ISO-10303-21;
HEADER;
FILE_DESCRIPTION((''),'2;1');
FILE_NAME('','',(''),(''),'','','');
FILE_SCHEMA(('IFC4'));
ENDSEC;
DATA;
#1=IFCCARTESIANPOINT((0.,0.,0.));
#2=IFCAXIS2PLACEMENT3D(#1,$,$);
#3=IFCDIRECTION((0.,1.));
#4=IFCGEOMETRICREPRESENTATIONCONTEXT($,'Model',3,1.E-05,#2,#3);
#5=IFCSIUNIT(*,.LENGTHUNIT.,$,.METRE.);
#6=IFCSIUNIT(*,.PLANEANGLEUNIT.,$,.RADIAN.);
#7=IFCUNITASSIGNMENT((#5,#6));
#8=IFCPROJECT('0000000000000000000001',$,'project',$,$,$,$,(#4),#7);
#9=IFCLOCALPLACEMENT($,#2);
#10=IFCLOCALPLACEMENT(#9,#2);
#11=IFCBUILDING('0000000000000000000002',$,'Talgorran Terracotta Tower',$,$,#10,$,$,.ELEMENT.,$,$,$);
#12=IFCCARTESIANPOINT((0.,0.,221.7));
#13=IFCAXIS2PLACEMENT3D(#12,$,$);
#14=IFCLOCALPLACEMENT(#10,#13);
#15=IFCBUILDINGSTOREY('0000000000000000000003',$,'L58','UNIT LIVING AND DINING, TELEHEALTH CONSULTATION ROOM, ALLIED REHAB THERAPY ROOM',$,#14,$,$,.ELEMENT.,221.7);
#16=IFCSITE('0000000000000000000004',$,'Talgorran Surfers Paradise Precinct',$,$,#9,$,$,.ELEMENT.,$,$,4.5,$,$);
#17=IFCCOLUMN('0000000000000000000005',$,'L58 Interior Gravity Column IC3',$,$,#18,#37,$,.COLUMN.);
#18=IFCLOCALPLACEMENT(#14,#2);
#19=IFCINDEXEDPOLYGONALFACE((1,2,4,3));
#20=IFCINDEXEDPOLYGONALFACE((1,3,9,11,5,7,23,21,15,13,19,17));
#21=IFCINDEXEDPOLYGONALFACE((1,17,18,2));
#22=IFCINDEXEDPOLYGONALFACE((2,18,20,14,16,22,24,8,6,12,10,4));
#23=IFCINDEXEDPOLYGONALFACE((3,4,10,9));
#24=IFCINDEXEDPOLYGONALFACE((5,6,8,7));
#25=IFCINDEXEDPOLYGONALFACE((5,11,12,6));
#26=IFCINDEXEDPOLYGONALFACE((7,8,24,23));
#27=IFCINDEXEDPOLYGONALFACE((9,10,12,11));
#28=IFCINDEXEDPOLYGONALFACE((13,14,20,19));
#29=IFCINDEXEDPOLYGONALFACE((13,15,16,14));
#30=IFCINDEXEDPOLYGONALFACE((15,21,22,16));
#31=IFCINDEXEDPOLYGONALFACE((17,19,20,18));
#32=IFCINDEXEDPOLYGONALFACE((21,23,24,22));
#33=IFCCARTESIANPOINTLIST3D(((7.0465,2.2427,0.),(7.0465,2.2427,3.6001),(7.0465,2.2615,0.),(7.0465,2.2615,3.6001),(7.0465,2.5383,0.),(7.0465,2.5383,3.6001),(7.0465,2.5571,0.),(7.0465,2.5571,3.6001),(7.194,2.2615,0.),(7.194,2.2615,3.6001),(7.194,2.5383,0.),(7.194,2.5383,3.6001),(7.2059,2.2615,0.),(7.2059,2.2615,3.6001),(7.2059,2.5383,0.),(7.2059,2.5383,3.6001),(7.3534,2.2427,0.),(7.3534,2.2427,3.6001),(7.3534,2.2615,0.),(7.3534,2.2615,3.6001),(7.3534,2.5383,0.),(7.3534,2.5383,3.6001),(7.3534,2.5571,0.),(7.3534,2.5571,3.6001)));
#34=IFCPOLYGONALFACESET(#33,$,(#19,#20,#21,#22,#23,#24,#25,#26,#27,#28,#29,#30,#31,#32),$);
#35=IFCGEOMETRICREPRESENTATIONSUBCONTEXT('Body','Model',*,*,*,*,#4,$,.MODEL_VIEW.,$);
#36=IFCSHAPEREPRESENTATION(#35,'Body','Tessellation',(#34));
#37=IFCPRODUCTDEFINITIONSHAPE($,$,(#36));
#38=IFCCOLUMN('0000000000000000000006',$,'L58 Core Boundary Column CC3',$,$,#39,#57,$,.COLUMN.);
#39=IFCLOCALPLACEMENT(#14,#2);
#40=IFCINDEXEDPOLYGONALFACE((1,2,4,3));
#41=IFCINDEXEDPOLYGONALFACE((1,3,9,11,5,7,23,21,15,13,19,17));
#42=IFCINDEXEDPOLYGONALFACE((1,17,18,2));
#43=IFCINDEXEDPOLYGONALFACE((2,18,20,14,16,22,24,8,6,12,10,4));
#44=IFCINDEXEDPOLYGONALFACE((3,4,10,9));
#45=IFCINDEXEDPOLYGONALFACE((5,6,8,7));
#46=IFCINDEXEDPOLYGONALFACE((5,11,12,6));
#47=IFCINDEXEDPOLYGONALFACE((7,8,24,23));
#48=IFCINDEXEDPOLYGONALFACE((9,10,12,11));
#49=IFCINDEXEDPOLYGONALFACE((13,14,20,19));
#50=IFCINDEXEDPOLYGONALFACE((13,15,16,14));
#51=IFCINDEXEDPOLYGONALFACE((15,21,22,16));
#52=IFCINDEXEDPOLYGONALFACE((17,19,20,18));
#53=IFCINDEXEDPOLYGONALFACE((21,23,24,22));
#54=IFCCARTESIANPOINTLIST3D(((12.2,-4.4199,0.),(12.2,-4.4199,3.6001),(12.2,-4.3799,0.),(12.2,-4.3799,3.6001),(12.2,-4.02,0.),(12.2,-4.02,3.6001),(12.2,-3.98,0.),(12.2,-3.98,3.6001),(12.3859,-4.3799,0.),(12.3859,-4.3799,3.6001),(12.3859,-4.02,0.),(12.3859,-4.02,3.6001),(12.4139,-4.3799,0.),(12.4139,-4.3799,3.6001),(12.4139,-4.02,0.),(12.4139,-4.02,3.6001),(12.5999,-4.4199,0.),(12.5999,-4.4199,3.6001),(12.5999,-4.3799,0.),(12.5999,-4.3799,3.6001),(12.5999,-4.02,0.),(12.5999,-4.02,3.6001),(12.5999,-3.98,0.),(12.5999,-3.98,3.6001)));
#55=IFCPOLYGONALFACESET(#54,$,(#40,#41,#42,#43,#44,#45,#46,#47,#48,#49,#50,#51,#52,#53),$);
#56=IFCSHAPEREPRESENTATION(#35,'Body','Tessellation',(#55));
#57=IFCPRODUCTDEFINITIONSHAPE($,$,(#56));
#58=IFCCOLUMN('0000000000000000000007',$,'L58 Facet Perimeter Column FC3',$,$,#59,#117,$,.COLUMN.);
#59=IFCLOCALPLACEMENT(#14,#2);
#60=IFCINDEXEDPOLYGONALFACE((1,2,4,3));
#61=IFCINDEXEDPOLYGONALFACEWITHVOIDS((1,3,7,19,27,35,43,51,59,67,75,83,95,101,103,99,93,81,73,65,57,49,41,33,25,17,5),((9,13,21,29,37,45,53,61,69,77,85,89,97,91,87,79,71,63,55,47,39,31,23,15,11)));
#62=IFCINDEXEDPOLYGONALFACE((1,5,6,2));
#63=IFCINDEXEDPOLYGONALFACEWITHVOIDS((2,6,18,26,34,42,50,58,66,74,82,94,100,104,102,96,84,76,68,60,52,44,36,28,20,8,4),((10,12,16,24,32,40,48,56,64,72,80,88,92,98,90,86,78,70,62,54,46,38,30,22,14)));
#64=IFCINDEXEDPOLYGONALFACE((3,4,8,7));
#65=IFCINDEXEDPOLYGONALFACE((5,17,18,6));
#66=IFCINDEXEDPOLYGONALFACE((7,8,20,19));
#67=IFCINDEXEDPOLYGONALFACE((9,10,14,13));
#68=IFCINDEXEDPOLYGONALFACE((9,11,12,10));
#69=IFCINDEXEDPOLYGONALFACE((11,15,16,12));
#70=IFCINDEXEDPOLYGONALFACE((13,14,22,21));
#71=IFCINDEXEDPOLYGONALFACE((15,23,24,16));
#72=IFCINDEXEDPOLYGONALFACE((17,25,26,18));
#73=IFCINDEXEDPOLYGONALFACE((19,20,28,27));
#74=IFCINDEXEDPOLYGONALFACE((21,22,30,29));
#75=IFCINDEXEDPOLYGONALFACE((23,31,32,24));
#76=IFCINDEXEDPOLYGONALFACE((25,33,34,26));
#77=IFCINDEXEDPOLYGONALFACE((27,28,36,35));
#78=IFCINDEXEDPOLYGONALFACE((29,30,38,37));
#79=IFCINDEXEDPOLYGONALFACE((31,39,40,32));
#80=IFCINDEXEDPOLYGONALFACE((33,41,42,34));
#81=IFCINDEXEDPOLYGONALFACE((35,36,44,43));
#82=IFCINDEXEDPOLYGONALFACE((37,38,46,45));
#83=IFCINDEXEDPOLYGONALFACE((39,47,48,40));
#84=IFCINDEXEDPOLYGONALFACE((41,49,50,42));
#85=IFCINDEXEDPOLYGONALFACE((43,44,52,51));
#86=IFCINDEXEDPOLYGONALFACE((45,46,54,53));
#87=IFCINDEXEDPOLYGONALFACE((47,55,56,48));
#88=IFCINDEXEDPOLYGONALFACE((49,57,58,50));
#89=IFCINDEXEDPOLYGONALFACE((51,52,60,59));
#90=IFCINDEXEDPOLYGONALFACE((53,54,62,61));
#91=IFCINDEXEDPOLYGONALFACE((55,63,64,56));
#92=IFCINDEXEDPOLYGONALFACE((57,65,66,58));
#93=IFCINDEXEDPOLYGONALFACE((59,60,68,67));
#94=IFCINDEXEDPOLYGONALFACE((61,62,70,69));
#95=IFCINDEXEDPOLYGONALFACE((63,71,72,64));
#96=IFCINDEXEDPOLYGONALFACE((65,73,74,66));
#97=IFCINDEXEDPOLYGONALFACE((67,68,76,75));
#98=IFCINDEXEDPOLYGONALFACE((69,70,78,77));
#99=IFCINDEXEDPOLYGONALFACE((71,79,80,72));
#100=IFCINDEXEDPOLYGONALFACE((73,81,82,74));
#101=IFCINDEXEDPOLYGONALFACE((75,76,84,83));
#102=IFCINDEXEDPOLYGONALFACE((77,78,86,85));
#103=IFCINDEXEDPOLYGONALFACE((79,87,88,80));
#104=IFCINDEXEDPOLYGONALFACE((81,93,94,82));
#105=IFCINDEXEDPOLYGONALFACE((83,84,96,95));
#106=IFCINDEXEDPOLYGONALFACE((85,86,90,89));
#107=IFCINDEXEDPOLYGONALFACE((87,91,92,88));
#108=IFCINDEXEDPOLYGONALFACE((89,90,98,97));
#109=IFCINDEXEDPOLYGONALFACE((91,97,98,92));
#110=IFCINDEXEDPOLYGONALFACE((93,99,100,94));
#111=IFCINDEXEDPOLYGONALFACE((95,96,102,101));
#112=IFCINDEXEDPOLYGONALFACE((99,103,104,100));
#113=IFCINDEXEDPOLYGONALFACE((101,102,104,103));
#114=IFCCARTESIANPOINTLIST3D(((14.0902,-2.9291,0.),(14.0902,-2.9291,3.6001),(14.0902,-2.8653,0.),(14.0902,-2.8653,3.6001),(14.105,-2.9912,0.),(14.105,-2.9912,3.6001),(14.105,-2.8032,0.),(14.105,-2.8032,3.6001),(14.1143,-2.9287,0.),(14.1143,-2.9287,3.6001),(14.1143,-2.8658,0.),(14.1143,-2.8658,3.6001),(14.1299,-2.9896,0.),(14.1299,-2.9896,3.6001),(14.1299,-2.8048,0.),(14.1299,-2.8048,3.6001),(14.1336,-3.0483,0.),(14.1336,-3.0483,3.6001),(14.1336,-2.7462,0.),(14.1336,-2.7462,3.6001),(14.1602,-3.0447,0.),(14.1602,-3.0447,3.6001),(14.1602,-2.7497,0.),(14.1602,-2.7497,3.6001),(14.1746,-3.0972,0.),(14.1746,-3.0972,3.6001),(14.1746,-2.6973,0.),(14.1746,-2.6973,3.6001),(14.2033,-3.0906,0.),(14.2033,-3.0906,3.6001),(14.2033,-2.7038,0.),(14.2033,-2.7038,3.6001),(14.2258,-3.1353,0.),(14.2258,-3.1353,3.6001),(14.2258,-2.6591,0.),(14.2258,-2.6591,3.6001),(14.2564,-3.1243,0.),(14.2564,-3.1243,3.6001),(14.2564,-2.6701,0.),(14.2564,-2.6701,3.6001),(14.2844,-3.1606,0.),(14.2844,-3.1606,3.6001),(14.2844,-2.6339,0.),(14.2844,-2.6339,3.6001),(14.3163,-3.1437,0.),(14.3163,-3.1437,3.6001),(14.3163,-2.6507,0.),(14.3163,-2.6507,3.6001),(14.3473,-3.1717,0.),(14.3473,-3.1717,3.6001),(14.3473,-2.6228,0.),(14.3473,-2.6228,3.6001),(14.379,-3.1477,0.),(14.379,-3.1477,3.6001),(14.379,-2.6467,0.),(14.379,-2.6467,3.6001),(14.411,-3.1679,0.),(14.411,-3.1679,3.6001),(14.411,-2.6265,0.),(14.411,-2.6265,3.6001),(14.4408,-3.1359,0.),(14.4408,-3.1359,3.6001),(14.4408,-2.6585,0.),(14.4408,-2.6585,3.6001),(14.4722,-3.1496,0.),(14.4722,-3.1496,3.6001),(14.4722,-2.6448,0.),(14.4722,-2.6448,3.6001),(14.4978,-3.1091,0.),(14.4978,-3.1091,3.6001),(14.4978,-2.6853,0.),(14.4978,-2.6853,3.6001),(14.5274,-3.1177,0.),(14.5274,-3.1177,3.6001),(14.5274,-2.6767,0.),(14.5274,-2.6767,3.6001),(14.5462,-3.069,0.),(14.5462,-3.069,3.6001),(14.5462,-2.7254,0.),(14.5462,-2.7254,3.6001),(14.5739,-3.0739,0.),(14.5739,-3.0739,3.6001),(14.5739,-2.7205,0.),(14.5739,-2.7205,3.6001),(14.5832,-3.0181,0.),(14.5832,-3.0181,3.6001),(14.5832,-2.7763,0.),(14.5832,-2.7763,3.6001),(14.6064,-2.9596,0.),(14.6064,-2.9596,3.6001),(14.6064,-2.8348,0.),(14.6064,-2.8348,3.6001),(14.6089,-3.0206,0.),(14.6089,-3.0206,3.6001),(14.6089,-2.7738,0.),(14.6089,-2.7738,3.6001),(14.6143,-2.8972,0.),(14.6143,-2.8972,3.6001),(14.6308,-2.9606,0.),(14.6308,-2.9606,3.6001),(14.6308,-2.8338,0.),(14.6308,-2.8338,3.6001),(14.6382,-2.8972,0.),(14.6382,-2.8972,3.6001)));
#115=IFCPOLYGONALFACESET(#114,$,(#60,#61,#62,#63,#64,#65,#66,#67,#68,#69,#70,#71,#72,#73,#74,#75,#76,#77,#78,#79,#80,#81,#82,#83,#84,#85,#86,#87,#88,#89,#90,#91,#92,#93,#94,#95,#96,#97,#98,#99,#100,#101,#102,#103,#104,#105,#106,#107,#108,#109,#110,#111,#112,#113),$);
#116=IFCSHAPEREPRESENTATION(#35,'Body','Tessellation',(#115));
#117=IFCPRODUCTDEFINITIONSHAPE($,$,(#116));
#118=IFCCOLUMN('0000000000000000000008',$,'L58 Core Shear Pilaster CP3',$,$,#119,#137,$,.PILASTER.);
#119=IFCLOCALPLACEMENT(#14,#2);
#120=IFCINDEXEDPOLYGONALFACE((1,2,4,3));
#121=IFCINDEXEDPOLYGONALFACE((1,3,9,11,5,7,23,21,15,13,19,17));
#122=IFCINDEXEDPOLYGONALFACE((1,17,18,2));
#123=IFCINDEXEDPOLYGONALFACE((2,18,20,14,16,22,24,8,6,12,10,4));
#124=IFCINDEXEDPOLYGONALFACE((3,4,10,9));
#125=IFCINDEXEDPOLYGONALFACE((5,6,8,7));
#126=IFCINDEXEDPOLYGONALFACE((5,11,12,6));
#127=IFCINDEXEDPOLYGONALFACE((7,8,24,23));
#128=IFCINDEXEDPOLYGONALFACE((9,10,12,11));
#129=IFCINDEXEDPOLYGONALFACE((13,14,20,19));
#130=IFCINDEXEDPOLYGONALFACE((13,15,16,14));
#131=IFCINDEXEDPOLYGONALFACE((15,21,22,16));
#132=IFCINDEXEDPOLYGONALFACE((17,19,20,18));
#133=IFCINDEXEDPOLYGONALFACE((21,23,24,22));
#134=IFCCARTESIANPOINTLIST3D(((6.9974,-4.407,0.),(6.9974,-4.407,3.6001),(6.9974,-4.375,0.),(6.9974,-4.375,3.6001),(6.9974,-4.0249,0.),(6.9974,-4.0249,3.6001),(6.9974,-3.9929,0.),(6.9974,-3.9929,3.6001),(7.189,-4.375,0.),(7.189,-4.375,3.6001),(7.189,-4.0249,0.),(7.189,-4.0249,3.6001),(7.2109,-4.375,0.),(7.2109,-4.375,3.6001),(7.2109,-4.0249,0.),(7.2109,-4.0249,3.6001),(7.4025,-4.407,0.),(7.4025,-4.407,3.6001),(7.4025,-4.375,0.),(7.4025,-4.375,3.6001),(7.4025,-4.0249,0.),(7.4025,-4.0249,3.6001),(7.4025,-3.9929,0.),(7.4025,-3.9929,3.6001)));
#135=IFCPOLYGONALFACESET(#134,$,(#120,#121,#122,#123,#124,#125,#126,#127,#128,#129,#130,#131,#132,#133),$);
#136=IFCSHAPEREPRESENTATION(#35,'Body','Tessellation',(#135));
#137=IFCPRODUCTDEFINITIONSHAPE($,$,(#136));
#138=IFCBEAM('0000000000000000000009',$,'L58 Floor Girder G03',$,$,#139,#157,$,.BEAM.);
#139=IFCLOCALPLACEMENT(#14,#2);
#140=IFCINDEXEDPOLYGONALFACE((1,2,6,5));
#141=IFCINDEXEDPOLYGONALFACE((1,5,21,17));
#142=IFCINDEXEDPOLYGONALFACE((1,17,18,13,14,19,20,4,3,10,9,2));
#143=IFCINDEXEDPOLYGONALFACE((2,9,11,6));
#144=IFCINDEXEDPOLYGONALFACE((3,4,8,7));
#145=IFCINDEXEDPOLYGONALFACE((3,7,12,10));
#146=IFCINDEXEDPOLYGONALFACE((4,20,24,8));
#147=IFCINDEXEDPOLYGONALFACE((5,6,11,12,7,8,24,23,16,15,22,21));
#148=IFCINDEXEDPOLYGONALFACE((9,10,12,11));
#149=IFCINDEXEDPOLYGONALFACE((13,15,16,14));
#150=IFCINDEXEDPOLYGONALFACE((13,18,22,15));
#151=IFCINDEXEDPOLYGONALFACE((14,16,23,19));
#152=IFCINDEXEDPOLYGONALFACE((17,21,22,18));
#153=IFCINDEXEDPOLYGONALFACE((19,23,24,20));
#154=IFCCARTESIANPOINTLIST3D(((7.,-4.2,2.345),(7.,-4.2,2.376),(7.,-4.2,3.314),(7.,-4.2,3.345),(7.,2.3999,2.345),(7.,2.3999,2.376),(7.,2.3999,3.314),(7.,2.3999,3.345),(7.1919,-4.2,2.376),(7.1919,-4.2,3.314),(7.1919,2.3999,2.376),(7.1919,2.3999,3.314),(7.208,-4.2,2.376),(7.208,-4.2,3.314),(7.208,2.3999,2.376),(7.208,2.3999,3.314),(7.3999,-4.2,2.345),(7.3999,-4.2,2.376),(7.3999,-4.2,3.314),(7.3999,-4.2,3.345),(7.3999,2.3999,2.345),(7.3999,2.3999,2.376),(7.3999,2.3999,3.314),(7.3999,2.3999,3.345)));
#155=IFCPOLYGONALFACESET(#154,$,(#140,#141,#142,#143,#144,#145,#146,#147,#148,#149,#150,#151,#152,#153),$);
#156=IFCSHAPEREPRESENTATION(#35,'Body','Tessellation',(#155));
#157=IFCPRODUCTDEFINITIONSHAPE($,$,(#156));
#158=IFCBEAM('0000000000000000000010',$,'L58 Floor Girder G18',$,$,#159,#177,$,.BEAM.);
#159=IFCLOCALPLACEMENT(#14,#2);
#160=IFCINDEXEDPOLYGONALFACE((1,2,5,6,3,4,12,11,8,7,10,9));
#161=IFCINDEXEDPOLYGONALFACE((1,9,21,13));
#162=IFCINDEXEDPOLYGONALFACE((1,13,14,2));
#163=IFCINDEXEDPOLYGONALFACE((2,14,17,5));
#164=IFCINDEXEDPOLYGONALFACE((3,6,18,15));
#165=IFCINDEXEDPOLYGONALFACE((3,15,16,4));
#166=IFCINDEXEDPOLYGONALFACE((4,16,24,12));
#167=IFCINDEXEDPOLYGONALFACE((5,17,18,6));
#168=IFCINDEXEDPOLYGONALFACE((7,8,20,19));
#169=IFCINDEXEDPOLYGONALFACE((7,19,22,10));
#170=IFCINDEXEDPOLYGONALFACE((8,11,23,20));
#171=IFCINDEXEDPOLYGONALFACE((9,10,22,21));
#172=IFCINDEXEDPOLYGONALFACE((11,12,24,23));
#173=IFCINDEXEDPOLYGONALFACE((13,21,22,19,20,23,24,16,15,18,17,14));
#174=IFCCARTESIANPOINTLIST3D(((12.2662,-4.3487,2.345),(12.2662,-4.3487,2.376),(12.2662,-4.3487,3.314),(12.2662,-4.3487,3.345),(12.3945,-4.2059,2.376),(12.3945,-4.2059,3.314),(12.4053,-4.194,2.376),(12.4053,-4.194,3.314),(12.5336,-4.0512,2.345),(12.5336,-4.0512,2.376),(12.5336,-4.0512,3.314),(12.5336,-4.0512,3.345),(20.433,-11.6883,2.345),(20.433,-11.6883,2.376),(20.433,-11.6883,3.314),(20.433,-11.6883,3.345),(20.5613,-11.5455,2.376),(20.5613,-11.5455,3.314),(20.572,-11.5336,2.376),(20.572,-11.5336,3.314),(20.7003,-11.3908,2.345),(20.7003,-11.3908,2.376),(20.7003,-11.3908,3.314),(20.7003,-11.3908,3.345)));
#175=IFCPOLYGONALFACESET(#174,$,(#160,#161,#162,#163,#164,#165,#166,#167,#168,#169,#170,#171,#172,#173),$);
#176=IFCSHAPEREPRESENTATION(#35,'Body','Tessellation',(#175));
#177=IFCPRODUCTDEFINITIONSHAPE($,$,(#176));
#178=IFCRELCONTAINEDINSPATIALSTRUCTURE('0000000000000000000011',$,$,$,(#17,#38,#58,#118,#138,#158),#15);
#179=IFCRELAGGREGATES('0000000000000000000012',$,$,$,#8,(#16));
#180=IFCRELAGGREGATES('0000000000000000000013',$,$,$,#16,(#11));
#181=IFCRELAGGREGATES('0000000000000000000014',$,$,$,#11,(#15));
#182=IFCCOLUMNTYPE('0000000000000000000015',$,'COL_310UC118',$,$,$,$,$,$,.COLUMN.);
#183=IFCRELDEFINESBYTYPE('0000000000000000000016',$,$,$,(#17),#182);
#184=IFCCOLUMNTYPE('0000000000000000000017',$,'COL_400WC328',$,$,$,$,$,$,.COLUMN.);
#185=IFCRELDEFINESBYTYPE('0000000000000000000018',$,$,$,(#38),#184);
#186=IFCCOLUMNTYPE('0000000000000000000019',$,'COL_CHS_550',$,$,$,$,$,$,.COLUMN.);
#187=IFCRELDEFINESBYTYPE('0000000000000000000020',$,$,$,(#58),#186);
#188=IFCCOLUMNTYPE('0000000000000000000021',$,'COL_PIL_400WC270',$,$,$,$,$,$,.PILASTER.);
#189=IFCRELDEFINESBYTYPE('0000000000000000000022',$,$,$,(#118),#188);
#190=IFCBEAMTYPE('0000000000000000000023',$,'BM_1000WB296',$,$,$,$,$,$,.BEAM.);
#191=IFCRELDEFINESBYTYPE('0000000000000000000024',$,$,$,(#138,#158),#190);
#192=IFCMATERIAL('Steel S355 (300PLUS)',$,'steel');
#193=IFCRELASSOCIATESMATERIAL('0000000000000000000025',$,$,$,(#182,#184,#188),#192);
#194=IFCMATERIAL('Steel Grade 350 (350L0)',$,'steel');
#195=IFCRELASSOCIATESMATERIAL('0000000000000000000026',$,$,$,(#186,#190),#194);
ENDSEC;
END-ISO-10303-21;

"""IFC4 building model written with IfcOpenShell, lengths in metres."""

from ifc_helpers import new_model, si_unit, direction, frame, origin, origin_2d, place, context, subcontext, project, spatial, hollow_circle, i_section, extrude, material, material_profile, profile_set, type_object, element, save


model = new_model("IFC4")

# Units and contexts
model_context = context("Model", 3, precision=1e-05, world=origin(), true_north=direction((0.0, 1.0)))
body_context = subcontext(model_context, "Body", "Model", "MODEL_VIEW")
ifc_project = project(units=[si_unit("LENGTHUNIT", "METRE"), si_unit("PLANEANGLEUNIT", "RADIAN")], contexts=[model_context])

# Site, building, storey
site_placement = place(None, origin())
site = spatial("IfcSite", under=ifc_project, at=site_placement, Name="Talgorran Surfers Paradise Precinct", CompositionType="ELEMENT", RefElevation=4.5)
building_placement = place(site_placement, origin())
building = spatial("IfcBuilding", under=site, at=building_placement, Name="Talgorran Terracotta Tower", CompositionType="ELEMENT")
storey_placement = place(building_placement, frame((0.0, 0.0, 221.7)))
storey = spatial("IfcBuildingStorey", under=building, at=storey_placement, Name="L58", Description="UNIT LIVING AND DINING, TELEHEALTH CONSULTATION ROOM, ALLIED REHAB THERAPY ROOM", CompositionType="ELEMENT", Elevation=221.7)

# Columns
ifc_material_1 = material(Name="Steel S355 (300PLUS)", Category="steel")
ifc_material_profile_1 = material_profile(ifc_material_1, i_section(OverallWidth=0.3069, OverallDepth=0.3145, WebThickness=0.012, FlangeThickness=0.0188, at=origin_2d()), Name="310UC118")
ifc_profile_set_1 = profile_set([ifc_material_profile_1], Name="Steel S355 (300PLUS)")
column_type_1 = type_object("IfcColumnType", Name="COL_310UC118", PredefinedType="COLUMN", material=ifc_profile_set_1)
column_1_placement = place(storey_placement, frame((7.2, 2.3999, 0.0), z_axis=(0.0, 0.0, 1.0), x_axis=(1.0, 0.0, 0.0)))
element("IfcColumn", 1, at=column_1_placement, inside=storey, type_object=column_type_1, Name="L58 Interior Gravity Column IC3", PredefinedType="COLUMN", context=body_context, shape_type="SweptSolid", body=[
    extrude(i_section(OverallWidth=0.3069, OverallDepth=0.3145, WebThickness=0.012, FlangeThickness=0.0188, at=origin_2d()), origin(), (0.0, 0.0, 1.0), 3.6001),
])
ifc_material_profile_2 = material_profile(ifc_material_1, i_section(OverallWidth=0.3999, OverallDepth=0.4399, WebThickness=0.0281, FlangeThickness=0.04, at=origin_2d()), Name="400WC328")
ifc_profile_set_2 = profile_set([ifc_material_profile_2], Name="Steel S355 (300PLUS)")
column_type_2 = type_object("IfcColumnType", Name="COL_400WC328", PredefinedType="COLUMN", material=ifc_profile_set_2)
column_2_placement = place(storey_placement, frame((12.3999, -4.2, 0.0), z_axis=(0.0, 0.0, 1.0), x_axis=(1.0, 0.0, 0.0)))
element("IfcColumn", 2, at=column_2_placement, inside=storey, type_object=column_type_2, Name="L58 Core Boundary Column CC3", PredefinedType="COLUMN", context=body_context, shape_type="SweptSolid", body=[
    extrude(i_section(OverallWidth=0.3999, OverallDepth=0.4399, WebThickness=0.0281, FlangeThickness=0.04, at=origin_2d()), origin(), (0.0, 0.0, 1.0), 3.6001),
])
ifc_material_2 = material(Name="Steel Grade 350 (350L0)", Category="steel")
ifc_material_profile_3 = material_profile(ifc_material_2, hollow_circle(Radius=0.2749, WallThickness=0.0239, at=origin_2d()), Name="CHS550X24")
ifc_profile_set_3 = profile_set([ifc_material_profile_3], Name="Steel Grade 350 (350L0)")
column_type_3 = type_object("IfcColumnType", Name="COL_CHS_550", PredefinedType="COLUMN", material=ifc_profile_set_3)
column_3_placement = place(storey_placement, frame((14.3633, -2.8972, 0.0), z_axis=(0.0, 0.0, 1.0), x_axis=(1.0, 0.0, 0.0)))
element("IfcColumn", 3, at=column_3_placement, inside=storey, type_object=column_type_3, Name="L58 Facet Perimeter Column FC3", PredefinedType="COLUMN", context=body_context, shape_type="SweptSolid", body=[
    extrude(hollow_circle(Radius=0.2749, WallThickness=0.0239, at=origin_2d()), origin(), (0.0, 0.0, 1.0), 3.6001),
])
ifc_material_profile_4 = material_profile(ifc_material_1, i_section(OverallWidth=0.405, OverallDepth=0.4141, WebThickness=0.022, FlangeThickness=0.032, at=origin_2d()), Name="400WC270")
ifc_profile_set_4 = profile_set([ifc_material_profile_4], Name="Steel S355 (300PLUS)")
column_type_4 = type_object("IfcColumnType", Name="COL_PIL_400WC270", PredefinedType="PILASTER", material=ifc_profile_set_4)
column_4_placement = place(storey_placement, frame((7.2, -4.2, 0.0), z_axis=(0.0, 0.0, 1.0), x_axis=(1.0, 0.0, 0.0)))
element("IfcColumn", 4, at=column_4_placement, inside=storey, type_object=column_type_4, Name="L58 Core Shear Pilaster CP3", PredefinedType="PILASTER", context=body_context, shape_type="SweptSolid", body=[
    extrude(i_section(OverallWidth=0.405, OverallDepth=0.4141, WebThickness=0.022, FlangeThickness=0.032, at=origin_2d()), origin(), (0.0, 0.0, 1.0), 3.6001),
])

# Beams
ifc_material_profile_5 = material_profile(ifc_material_2, i_section(OverallWidth=0.3999, OverallDepth=1.0, WebThickness=0.0161, FlangeThickness=0.031, at=origin_2d()), Name="1000WB296")
ifc_profile_set_5 = profile_set([ifc_material_profile_5], Name="Steel Grade 350 (350L0)")
beam_type_1 = type_object("IfcBeamType", Name="BM_1000WB296", PredefinedType="BEAM", material=ifc_profile_set_5)
beam_1_placement = place(storey_placement, frame((7.2, -4.2, 2.845), z_axis=(0.0, 1.0, 0.0), x_axis=(-1.0, 0.0, 0.0)))
element("IfcBeam", 5, at=beam_1_placement, inside=storey, type_object=beam_type_1, Name="L58 Floor Girder G03", PredefinedType="BEAM", context=body_context, shape_type="SweptSolid", body=[
    extrude(i_section(OverallWidth=0.3999, OverallDepth=1.0, WebThickness=0.0161, FlangeThickness=0.031, at=origin_2d()), origin(), (0.0, 0.0, 1.0), 6.5999),
])
beam_2_placement = place(storey_placement, frame((12.3999, -4.2, 2.845), z_axis=(0.743768, -0.668438, 0.0), x_axis=(0.668438, 0.743768, 0.0)))
element("IfcBeam", 6, at=beam_2_placement, inside=storey, type_object=beam_type_1, Name="L58 Floor Girder G18", PredefinedType="BEAM", context=body_context, shape_type="SweptSolid", body=[
    extrude(i_section(OverallWidth=0.3999, OverallDepth=1.0, WebThickness=0.0161, FlangeThickness=0.031, at=origin_2d()), origin(), (0.0, 0.0, 1.0), 10.9802),
])

save(model, "model.ifc")
